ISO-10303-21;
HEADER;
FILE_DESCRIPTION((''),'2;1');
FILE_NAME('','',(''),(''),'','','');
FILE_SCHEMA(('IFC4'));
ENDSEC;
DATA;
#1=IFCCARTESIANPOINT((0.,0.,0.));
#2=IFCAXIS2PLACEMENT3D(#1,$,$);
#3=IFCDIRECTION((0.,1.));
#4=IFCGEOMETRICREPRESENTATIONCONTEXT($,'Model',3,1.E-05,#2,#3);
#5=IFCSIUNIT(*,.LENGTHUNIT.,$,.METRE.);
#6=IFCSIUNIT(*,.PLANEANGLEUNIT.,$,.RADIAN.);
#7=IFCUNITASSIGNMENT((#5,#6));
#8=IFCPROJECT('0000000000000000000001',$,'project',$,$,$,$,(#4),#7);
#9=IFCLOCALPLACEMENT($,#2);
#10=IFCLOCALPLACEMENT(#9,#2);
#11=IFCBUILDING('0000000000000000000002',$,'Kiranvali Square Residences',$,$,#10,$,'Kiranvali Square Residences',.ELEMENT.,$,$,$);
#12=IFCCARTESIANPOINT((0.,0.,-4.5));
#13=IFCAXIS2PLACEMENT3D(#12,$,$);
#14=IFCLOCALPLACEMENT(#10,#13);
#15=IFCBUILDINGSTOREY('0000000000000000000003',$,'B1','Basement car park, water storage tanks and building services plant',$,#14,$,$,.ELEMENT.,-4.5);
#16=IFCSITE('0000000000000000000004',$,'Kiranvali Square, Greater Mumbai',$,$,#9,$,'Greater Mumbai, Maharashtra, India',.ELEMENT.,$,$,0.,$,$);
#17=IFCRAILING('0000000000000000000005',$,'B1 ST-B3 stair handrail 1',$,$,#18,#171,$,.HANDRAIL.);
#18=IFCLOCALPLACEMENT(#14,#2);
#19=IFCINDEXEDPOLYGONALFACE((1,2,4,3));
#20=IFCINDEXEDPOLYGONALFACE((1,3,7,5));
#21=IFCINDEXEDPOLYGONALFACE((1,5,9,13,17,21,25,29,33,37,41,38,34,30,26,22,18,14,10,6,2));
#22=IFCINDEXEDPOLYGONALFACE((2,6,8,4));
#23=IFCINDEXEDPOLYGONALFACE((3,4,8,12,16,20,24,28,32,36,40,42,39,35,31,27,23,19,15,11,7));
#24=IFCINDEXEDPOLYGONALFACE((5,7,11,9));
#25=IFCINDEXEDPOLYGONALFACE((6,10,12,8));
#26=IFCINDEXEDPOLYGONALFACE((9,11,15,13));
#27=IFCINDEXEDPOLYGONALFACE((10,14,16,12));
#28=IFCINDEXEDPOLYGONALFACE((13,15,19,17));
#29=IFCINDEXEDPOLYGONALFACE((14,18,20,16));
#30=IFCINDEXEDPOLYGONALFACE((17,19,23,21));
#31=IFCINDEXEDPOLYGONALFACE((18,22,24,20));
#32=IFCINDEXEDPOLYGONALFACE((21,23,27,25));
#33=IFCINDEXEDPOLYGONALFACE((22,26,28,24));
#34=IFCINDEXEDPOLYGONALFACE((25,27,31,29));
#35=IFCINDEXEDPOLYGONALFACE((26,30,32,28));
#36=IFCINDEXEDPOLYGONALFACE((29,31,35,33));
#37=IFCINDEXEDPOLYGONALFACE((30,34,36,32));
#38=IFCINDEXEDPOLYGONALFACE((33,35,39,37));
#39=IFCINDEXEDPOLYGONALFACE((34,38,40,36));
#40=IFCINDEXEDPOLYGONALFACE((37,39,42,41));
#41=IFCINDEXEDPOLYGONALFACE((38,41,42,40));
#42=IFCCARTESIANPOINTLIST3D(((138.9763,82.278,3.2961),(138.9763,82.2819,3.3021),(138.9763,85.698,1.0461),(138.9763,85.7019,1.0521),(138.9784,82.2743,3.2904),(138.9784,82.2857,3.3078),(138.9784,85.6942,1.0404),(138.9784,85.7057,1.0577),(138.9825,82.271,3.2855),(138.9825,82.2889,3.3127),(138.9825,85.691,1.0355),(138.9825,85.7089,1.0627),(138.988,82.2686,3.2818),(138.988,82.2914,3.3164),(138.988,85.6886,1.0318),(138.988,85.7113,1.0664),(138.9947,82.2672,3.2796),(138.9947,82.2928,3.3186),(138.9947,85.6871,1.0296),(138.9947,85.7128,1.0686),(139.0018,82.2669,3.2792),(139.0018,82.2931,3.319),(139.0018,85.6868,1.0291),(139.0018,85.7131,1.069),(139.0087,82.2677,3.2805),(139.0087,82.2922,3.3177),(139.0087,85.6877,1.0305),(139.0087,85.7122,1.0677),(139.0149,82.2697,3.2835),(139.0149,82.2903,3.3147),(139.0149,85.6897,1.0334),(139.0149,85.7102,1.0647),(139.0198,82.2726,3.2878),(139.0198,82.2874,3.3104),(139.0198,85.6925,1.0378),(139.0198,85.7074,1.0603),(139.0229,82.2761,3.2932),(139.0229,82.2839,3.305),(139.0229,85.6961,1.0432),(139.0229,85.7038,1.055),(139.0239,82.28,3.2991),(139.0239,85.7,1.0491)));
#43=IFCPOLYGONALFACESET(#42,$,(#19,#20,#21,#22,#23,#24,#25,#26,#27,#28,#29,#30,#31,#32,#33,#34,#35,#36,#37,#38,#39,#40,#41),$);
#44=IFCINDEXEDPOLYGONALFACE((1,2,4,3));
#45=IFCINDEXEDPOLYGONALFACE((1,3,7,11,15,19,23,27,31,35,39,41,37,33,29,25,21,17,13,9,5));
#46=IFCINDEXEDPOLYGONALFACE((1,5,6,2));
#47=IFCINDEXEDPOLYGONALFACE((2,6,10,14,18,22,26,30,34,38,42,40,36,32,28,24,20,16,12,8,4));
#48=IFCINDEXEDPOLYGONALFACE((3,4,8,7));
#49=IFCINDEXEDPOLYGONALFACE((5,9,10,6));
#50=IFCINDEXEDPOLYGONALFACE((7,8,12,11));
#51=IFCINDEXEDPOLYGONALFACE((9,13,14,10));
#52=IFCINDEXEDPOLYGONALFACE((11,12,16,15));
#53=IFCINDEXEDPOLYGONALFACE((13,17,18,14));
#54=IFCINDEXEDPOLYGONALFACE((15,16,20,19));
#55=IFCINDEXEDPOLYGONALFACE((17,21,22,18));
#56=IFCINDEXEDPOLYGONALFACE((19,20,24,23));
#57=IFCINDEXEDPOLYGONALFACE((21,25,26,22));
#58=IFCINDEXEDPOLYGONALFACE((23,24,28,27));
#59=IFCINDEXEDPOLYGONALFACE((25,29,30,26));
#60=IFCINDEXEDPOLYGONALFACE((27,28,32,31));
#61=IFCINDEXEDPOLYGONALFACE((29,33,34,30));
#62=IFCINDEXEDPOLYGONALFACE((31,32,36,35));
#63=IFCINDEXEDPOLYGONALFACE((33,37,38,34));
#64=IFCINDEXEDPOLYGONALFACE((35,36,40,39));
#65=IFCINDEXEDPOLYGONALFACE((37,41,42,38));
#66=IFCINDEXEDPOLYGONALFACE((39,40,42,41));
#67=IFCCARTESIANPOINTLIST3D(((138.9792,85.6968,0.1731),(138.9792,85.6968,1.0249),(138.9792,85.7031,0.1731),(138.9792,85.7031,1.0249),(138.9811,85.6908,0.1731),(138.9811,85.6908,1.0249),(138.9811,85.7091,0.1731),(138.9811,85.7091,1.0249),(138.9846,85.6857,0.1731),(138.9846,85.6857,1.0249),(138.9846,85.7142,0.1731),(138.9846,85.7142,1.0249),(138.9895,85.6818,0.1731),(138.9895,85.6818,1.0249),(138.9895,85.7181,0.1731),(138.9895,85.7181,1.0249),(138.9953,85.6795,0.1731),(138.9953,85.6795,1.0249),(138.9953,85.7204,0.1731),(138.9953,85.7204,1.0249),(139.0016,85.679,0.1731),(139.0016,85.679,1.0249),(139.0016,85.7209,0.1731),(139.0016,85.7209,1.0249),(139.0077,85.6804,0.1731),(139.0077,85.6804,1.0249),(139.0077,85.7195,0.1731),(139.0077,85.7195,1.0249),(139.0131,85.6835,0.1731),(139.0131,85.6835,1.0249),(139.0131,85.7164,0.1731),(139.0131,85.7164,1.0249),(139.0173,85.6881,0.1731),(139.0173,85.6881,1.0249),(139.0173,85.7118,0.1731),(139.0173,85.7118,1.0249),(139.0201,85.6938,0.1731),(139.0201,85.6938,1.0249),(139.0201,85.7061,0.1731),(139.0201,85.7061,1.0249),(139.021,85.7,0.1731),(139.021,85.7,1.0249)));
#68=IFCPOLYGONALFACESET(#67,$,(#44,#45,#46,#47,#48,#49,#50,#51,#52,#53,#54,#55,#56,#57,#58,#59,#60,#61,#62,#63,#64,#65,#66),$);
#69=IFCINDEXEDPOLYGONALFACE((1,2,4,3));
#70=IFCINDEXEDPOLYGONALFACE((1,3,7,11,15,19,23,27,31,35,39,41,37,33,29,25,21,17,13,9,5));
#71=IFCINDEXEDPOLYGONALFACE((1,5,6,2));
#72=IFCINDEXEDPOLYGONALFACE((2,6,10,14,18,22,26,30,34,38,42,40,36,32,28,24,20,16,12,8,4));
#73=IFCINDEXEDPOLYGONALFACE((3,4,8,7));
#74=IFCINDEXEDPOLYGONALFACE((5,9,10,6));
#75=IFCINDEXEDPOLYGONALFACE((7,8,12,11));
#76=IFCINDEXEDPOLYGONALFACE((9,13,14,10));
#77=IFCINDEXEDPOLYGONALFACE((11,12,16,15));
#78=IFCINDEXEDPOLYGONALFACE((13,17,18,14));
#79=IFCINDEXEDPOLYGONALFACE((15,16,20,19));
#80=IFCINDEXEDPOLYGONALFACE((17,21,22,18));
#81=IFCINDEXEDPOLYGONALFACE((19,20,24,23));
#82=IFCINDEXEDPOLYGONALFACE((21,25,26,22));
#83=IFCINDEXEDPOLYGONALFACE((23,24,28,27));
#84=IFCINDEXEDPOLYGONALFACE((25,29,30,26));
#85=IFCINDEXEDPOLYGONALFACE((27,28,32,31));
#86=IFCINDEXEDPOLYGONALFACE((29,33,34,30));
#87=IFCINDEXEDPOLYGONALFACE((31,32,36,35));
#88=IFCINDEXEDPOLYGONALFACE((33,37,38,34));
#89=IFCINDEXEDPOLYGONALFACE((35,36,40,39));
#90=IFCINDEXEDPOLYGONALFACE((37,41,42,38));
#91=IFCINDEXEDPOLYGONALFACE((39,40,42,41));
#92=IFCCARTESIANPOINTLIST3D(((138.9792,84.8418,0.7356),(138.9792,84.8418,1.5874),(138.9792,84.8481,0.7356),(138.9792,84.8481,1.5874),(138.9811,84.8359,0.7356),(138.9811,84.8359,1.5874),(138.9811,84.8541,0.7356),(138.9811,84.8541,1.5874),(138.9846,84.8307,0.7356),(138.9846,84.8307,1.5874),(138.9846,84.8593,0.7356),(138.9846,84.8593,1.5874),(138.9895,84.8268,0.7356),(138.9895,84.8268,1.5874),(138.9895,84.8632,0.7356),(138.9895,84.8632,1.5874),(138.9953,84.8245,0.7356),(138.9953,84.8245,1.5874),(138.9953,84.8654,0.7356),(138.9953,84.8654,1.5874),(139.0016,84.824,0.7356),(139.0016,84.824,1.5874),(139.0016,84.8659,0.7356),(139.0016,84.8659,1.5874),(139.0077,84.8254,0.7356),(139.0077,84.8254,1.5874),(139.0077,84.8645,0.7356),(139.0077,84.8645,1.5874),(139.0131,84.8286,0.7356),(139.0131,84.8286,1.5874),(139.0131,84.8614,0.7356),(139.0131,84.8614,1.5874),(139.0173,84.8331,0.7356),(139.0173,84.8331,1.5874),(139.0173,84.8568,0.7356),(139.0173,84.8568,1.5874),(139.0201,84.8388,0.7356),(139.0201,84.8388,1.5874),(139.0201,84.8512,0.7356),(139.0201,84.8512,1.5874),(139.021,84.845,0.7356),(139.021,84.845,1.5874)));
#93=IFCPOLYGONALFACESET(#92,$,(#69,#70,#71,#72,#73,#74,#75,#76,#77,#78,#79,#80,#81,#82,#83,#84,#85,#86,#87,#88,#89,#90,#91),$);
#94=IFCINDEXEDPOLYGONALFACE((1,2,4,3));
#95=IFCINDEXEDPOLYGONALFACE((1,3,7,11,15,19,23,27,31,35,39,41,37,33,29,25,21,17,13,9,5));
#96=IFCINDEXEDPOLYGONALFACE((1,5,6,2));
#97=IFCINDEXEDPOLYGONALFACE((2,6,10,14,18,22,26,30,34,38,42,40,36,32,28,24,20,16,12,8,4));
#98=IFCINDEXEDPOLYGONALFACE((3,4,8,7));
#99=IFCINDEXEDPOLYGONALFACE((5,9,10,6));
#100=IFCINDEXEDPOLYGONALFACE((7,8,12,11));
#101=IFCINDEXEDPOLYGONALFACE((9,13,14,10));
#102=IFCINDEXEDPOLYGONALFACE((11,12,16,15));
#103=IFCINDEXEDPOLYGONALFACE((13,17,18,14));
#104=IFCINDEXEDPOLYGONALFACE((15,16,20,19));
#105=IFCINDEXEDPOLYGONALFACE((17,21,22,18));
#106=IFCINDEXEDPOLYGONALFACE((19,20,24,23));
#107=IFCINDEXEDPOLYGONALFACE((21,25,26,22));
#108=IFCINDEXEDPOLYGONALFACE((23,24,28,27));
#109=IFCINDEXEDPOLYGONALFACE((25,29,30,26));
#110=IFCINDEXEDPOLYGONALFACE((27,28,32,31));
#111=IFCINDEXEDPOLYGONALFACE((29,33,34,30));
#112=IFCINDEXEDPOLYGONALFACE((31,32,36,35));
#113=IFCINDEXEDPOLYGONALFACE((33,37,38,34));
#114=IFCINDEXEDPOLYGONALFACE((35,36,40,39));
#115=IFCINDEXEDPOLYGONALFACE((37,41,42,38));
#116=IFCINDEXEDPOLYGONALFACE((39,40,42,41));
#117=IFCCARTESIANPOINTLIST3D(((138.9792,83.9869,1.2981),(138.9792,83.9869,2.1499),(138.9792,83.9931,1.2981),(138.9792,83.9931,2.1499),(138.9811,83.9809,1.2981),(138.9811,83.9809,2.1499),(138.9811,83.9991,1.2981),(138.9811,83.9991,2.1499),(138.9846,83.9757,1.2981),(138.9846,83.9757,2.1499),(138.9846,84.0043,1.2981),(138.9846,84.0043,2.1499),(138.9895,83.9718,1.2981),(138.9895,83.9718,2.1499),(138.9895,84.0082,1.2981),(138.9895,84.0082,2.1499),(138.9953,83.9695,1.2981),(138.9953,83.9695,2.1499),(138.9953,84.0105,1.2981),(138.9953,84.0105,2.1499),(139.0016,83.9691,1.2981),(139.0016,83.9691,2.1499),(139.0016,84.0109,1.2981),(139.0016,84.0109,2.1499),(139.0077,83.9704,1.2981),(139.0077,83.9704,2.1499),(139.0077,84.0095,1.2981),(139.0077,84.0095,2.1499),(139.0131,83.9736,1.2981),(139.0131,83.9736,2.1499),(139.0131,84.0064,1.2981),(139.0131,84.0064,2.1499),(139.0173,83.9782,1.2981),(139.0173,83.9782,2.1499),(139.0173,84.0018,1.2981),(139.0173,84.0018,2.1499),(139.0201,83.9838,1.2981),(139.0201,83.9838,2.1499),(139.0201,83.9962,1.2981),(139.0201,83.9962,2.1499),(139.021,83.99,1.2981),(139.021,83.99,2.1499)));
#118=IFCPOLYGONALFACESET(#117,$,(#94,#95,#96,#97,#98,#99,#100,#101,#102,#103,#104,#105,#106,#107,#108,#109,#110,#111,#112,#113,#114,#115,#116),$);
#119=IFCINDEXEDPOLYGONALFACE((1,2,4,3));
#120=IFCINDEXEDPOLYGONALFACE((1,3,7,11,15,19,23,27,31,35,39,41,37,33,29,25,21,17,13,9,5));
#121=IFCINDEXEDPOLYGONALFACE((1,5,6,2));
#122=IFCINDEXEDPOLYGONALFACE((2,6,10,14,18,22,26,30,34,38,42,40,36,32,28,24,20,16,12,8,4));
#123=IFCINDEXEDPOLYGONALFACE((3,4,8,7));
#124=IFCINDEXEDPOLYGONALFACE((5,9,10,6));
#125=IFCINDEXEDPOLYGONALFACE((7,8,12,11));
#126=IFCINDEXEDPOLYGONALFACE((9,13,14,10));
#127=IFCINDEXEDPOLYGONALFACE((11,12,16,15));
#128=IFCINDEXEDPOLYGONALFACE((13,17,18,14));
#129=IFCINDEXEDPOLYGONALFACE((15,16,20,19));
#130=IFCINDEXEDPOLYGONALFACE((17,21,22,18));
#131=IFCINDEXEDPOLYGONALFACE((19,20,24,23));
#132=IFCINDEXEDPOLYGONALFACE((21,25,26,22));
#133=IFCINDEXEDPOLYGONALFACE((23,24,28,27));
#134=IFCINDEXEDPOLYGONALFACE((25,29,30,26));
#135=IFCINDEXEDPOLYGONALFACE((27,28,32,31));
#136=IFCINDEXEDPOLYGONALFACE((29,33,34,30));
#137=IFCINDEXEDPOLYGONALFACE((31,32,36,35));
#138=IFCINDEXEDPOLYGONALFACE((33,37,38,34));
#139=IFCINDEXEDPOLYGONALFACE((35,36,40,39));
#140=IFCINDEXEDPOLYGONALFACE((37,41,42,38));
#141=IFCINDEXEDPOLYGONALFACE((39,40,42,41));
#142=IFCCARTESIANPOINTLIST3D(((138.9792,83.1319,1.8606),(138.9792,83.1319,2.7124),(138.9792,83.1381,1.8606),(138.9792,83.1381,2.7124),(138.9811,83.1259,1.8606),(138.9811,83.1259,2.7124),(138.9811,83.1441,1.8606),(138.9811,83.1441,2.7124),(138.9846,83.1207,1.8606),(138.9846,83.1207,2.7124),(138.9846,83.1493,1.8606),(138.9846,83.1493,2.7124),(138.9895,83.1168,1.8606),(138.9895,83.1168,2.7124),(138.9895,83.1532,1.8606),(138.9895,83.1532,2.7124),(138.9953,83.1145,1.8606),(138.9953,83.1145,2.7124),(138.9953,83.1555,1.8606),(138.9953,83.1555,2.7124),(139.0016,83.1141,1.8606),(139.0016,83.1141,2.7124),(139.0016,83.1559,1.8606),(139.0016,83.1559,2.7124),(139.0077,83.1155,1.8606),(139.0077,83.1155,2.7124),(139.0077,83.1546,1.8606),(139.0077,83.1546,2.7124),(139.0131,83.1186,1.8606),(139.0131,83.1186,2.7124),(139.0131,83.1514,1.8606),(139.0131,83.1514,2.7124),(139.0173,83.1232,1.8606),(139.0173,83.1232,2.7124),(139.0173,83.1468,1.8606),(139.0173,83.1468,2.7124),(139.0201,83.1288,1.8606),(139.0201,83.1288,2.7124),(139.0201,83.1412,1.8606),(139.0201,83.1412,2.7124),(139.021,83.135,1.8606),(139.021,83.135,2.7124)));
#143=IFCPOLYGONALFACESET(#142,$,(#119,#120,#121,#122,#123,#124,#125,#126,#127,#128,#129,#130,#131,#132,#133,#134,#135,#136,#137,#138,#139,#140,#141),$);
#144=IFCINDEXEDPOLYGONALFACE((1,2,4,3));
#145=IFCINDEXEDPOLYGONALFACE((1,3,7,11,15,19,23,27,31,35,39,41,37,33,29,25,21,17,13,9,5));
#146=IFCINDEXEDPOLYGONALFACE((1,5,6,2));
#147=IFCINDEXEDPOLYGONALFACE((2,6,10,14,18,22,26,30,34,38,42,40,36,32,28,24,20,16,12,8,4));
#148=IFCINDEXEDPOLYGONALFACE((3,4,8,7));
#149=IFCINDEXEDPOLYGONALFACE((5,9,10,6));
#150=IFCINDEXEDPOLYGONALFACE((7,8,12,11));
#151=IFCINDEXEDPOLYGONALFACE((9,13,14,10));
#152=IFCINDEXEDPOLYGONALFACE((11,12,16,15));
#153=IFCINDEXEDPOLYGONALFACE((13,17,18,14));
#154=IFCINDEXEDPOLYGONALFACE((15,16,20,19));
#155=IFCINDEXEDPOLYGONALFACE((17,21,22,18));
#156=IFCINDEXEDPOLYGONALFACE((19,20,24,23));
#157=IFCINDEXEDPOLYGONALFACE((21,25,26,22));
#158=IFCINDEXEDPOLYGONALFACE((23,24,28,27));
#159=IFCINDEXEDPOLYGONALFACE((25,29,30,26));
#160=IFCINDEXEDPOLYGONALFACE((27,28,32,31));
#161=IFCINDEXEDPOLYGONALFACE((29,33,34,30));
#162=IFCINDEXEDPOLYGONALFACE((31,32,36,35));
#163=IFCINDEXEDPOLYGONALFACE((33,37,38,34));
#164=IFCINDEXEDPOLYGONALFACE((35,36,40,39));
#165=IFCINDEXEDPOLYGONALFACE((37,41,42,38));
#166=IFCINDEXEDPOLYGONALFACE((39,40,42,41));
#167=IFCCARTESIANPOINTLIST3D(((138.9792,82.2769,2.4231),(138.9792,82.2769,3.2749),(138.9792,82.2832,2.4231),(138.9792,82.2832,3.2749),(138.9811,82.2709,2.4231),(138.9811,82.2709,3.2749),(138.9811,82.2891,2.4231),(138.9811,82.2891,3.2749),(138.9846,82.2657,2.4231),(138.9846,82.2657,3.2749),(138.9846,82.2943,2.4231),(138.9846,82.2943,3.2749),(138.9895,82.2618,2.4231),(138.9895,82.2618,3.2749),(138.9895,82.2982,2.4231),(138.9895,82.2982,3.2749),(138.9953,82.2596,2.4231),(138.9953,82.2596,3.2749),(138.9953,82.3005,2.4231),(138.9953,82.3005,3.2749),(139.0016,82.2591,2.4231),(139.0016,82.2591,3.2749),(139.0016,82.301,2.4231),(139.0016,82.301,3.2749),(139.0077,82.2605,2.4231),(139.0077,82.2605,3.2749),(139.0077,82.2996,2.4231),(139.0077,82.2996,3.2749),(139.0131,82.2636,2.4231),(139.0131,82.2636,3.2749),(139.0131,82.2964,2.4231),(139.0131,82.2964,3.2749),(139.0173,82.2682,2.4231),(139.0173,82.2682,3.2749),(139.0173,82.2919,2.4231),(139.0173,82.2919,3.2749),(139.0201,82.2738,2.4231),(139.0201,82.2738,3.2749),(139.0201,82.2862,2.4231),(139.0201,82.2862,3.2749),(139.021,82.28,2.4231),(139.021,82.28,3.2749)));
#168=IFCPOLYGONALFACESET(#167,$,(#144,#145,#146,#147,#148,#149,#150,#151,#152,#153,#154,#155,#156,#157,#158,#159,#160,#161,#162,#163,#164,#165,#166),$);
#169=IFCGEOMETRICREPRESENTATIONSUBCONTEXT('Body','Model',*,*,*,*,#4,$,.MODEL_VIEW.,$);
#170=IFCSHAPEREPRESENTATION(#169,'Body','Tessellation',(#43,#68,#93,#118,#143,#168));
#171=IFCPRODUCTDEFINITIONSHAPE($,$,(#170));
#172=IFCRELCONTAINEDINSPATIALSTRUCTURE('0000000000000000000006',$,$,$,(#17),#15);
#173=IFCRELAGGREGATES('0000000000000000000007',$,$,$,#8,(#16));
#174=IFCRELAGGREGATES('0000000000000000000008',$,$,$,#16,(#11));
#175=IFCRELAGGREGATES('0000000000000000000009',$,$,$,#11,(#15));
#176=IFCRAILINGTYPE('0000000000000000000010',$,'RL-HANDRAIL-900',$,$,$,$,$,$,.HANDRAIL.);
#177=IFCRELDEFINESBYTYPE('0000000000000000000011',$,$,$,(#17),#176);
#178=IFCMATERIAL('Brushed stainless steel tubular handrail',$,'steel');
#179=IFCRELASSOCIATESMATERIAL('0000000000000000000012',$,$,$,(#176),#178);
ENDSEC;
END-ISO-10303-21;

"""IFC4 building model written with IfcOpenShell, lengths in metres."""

from ifc_helpers import new_model, si_unit, direction, frame, origin, origin_2d, place, context, subcontext, project, spatial, circle, extrude, material, type_object, element, save


model = new_model("IFC4")

# Units and contexts
model_context = context("Model", 3, precision=1e-05, world=origin(), true_north=direction((0.0, 1.0)))
body_context = subcontext(model_context, "Body", "Model", "MODEL_VIEW")
ifc_project = project(units=[si_unit("LENGTHUNIT", "METRE"), si_unit("PLANEANGLEUNIT", "RADIAN")], contexts=[model_context])

# Site, building, storey
site_placement = place(None, origin())
site = spatial("IfcSite", under=ifc_project, at=site_placement, Name="Kiranvali Square, Greater Mumbai", LongName="Greater Mumbai, Maharashtra, India", CompositionType="ELEMENT", RefElevation=0.0)
building_placement = place(site_placement, origin())
building = spatial("IfcBuilding", under=site, at=building_placement, Name="Kiranvali Square Residences", LongName="Kiranvali Square Residences", CompositionType="ELEMENT")
storey_placement = place(building_placement, frame((0.0, 0.0, -4.5)))
storey = spatial("IfcBuildingStorey", under=building, at=storey_placement, Name="B1", Description="Basement car park, water storage tanks and building services plant", CompositionType="ELEMENT", Elevation=-4.5)

# Railing
ifc_material_1 = material(Name="Brushed stainless steel tubular handrail", Category="steel")
railing_type_1 = type_object("IfcRailingType", Name="RL-HANDRAIL-900", PredefinedType="HANDRAIL", material=ifc_material_1)
railing_1_placement = place(storey_placement, frame((139.0, 85.7, 0.1731)))
element("IfcRailing", 1, at=railing_1_placement, inside=storey, type_object=railing_type_1, Name="B1 ST-B3 stair handrail 1", PredefinedType="HANDRAIL", context=body_context, shape_type="SweptSolid", body=[
    extrude(circle(Radius=0.0239, at=origin_2d()), frame((0.0, 0.0, 0.876), z_axis=(0.0, -0.835411, 0.549625), x_axis=(1.0, 0.0, 0.0)), (0.0, 0.0, 1.0), 4.0938),
    extrude(circle(Radius=0.021, at=origin_2d()), origin(), (0.0, 0.0, 1.0), 0.8518),
    extrude(circle(Radius=0.021, at=origin_2d()), frame((0.0, -0.855, 0.5625)), (0.0, 0.0, 1.0), 0.8518),
    extrude(circle(Radius=0.021, at=origin_2d()), frame((0.0, -1.71, 1.125)), (0.0, 0.0, 1.0), 0.8518),
    extrude(circle(Radius=0.021, at=origin_2d()), frame((0.0, -2.5649, 1.6875)), (0.0, 0.0, 1.0), 0.8518),
    extrude(circle(Radius=0.021, at=origin_2d()), frame((0.0, -3.4199, 2.25)), (0.0, 0.0, 1.0), 0.8518),
])

save(model, "model.ifc")
